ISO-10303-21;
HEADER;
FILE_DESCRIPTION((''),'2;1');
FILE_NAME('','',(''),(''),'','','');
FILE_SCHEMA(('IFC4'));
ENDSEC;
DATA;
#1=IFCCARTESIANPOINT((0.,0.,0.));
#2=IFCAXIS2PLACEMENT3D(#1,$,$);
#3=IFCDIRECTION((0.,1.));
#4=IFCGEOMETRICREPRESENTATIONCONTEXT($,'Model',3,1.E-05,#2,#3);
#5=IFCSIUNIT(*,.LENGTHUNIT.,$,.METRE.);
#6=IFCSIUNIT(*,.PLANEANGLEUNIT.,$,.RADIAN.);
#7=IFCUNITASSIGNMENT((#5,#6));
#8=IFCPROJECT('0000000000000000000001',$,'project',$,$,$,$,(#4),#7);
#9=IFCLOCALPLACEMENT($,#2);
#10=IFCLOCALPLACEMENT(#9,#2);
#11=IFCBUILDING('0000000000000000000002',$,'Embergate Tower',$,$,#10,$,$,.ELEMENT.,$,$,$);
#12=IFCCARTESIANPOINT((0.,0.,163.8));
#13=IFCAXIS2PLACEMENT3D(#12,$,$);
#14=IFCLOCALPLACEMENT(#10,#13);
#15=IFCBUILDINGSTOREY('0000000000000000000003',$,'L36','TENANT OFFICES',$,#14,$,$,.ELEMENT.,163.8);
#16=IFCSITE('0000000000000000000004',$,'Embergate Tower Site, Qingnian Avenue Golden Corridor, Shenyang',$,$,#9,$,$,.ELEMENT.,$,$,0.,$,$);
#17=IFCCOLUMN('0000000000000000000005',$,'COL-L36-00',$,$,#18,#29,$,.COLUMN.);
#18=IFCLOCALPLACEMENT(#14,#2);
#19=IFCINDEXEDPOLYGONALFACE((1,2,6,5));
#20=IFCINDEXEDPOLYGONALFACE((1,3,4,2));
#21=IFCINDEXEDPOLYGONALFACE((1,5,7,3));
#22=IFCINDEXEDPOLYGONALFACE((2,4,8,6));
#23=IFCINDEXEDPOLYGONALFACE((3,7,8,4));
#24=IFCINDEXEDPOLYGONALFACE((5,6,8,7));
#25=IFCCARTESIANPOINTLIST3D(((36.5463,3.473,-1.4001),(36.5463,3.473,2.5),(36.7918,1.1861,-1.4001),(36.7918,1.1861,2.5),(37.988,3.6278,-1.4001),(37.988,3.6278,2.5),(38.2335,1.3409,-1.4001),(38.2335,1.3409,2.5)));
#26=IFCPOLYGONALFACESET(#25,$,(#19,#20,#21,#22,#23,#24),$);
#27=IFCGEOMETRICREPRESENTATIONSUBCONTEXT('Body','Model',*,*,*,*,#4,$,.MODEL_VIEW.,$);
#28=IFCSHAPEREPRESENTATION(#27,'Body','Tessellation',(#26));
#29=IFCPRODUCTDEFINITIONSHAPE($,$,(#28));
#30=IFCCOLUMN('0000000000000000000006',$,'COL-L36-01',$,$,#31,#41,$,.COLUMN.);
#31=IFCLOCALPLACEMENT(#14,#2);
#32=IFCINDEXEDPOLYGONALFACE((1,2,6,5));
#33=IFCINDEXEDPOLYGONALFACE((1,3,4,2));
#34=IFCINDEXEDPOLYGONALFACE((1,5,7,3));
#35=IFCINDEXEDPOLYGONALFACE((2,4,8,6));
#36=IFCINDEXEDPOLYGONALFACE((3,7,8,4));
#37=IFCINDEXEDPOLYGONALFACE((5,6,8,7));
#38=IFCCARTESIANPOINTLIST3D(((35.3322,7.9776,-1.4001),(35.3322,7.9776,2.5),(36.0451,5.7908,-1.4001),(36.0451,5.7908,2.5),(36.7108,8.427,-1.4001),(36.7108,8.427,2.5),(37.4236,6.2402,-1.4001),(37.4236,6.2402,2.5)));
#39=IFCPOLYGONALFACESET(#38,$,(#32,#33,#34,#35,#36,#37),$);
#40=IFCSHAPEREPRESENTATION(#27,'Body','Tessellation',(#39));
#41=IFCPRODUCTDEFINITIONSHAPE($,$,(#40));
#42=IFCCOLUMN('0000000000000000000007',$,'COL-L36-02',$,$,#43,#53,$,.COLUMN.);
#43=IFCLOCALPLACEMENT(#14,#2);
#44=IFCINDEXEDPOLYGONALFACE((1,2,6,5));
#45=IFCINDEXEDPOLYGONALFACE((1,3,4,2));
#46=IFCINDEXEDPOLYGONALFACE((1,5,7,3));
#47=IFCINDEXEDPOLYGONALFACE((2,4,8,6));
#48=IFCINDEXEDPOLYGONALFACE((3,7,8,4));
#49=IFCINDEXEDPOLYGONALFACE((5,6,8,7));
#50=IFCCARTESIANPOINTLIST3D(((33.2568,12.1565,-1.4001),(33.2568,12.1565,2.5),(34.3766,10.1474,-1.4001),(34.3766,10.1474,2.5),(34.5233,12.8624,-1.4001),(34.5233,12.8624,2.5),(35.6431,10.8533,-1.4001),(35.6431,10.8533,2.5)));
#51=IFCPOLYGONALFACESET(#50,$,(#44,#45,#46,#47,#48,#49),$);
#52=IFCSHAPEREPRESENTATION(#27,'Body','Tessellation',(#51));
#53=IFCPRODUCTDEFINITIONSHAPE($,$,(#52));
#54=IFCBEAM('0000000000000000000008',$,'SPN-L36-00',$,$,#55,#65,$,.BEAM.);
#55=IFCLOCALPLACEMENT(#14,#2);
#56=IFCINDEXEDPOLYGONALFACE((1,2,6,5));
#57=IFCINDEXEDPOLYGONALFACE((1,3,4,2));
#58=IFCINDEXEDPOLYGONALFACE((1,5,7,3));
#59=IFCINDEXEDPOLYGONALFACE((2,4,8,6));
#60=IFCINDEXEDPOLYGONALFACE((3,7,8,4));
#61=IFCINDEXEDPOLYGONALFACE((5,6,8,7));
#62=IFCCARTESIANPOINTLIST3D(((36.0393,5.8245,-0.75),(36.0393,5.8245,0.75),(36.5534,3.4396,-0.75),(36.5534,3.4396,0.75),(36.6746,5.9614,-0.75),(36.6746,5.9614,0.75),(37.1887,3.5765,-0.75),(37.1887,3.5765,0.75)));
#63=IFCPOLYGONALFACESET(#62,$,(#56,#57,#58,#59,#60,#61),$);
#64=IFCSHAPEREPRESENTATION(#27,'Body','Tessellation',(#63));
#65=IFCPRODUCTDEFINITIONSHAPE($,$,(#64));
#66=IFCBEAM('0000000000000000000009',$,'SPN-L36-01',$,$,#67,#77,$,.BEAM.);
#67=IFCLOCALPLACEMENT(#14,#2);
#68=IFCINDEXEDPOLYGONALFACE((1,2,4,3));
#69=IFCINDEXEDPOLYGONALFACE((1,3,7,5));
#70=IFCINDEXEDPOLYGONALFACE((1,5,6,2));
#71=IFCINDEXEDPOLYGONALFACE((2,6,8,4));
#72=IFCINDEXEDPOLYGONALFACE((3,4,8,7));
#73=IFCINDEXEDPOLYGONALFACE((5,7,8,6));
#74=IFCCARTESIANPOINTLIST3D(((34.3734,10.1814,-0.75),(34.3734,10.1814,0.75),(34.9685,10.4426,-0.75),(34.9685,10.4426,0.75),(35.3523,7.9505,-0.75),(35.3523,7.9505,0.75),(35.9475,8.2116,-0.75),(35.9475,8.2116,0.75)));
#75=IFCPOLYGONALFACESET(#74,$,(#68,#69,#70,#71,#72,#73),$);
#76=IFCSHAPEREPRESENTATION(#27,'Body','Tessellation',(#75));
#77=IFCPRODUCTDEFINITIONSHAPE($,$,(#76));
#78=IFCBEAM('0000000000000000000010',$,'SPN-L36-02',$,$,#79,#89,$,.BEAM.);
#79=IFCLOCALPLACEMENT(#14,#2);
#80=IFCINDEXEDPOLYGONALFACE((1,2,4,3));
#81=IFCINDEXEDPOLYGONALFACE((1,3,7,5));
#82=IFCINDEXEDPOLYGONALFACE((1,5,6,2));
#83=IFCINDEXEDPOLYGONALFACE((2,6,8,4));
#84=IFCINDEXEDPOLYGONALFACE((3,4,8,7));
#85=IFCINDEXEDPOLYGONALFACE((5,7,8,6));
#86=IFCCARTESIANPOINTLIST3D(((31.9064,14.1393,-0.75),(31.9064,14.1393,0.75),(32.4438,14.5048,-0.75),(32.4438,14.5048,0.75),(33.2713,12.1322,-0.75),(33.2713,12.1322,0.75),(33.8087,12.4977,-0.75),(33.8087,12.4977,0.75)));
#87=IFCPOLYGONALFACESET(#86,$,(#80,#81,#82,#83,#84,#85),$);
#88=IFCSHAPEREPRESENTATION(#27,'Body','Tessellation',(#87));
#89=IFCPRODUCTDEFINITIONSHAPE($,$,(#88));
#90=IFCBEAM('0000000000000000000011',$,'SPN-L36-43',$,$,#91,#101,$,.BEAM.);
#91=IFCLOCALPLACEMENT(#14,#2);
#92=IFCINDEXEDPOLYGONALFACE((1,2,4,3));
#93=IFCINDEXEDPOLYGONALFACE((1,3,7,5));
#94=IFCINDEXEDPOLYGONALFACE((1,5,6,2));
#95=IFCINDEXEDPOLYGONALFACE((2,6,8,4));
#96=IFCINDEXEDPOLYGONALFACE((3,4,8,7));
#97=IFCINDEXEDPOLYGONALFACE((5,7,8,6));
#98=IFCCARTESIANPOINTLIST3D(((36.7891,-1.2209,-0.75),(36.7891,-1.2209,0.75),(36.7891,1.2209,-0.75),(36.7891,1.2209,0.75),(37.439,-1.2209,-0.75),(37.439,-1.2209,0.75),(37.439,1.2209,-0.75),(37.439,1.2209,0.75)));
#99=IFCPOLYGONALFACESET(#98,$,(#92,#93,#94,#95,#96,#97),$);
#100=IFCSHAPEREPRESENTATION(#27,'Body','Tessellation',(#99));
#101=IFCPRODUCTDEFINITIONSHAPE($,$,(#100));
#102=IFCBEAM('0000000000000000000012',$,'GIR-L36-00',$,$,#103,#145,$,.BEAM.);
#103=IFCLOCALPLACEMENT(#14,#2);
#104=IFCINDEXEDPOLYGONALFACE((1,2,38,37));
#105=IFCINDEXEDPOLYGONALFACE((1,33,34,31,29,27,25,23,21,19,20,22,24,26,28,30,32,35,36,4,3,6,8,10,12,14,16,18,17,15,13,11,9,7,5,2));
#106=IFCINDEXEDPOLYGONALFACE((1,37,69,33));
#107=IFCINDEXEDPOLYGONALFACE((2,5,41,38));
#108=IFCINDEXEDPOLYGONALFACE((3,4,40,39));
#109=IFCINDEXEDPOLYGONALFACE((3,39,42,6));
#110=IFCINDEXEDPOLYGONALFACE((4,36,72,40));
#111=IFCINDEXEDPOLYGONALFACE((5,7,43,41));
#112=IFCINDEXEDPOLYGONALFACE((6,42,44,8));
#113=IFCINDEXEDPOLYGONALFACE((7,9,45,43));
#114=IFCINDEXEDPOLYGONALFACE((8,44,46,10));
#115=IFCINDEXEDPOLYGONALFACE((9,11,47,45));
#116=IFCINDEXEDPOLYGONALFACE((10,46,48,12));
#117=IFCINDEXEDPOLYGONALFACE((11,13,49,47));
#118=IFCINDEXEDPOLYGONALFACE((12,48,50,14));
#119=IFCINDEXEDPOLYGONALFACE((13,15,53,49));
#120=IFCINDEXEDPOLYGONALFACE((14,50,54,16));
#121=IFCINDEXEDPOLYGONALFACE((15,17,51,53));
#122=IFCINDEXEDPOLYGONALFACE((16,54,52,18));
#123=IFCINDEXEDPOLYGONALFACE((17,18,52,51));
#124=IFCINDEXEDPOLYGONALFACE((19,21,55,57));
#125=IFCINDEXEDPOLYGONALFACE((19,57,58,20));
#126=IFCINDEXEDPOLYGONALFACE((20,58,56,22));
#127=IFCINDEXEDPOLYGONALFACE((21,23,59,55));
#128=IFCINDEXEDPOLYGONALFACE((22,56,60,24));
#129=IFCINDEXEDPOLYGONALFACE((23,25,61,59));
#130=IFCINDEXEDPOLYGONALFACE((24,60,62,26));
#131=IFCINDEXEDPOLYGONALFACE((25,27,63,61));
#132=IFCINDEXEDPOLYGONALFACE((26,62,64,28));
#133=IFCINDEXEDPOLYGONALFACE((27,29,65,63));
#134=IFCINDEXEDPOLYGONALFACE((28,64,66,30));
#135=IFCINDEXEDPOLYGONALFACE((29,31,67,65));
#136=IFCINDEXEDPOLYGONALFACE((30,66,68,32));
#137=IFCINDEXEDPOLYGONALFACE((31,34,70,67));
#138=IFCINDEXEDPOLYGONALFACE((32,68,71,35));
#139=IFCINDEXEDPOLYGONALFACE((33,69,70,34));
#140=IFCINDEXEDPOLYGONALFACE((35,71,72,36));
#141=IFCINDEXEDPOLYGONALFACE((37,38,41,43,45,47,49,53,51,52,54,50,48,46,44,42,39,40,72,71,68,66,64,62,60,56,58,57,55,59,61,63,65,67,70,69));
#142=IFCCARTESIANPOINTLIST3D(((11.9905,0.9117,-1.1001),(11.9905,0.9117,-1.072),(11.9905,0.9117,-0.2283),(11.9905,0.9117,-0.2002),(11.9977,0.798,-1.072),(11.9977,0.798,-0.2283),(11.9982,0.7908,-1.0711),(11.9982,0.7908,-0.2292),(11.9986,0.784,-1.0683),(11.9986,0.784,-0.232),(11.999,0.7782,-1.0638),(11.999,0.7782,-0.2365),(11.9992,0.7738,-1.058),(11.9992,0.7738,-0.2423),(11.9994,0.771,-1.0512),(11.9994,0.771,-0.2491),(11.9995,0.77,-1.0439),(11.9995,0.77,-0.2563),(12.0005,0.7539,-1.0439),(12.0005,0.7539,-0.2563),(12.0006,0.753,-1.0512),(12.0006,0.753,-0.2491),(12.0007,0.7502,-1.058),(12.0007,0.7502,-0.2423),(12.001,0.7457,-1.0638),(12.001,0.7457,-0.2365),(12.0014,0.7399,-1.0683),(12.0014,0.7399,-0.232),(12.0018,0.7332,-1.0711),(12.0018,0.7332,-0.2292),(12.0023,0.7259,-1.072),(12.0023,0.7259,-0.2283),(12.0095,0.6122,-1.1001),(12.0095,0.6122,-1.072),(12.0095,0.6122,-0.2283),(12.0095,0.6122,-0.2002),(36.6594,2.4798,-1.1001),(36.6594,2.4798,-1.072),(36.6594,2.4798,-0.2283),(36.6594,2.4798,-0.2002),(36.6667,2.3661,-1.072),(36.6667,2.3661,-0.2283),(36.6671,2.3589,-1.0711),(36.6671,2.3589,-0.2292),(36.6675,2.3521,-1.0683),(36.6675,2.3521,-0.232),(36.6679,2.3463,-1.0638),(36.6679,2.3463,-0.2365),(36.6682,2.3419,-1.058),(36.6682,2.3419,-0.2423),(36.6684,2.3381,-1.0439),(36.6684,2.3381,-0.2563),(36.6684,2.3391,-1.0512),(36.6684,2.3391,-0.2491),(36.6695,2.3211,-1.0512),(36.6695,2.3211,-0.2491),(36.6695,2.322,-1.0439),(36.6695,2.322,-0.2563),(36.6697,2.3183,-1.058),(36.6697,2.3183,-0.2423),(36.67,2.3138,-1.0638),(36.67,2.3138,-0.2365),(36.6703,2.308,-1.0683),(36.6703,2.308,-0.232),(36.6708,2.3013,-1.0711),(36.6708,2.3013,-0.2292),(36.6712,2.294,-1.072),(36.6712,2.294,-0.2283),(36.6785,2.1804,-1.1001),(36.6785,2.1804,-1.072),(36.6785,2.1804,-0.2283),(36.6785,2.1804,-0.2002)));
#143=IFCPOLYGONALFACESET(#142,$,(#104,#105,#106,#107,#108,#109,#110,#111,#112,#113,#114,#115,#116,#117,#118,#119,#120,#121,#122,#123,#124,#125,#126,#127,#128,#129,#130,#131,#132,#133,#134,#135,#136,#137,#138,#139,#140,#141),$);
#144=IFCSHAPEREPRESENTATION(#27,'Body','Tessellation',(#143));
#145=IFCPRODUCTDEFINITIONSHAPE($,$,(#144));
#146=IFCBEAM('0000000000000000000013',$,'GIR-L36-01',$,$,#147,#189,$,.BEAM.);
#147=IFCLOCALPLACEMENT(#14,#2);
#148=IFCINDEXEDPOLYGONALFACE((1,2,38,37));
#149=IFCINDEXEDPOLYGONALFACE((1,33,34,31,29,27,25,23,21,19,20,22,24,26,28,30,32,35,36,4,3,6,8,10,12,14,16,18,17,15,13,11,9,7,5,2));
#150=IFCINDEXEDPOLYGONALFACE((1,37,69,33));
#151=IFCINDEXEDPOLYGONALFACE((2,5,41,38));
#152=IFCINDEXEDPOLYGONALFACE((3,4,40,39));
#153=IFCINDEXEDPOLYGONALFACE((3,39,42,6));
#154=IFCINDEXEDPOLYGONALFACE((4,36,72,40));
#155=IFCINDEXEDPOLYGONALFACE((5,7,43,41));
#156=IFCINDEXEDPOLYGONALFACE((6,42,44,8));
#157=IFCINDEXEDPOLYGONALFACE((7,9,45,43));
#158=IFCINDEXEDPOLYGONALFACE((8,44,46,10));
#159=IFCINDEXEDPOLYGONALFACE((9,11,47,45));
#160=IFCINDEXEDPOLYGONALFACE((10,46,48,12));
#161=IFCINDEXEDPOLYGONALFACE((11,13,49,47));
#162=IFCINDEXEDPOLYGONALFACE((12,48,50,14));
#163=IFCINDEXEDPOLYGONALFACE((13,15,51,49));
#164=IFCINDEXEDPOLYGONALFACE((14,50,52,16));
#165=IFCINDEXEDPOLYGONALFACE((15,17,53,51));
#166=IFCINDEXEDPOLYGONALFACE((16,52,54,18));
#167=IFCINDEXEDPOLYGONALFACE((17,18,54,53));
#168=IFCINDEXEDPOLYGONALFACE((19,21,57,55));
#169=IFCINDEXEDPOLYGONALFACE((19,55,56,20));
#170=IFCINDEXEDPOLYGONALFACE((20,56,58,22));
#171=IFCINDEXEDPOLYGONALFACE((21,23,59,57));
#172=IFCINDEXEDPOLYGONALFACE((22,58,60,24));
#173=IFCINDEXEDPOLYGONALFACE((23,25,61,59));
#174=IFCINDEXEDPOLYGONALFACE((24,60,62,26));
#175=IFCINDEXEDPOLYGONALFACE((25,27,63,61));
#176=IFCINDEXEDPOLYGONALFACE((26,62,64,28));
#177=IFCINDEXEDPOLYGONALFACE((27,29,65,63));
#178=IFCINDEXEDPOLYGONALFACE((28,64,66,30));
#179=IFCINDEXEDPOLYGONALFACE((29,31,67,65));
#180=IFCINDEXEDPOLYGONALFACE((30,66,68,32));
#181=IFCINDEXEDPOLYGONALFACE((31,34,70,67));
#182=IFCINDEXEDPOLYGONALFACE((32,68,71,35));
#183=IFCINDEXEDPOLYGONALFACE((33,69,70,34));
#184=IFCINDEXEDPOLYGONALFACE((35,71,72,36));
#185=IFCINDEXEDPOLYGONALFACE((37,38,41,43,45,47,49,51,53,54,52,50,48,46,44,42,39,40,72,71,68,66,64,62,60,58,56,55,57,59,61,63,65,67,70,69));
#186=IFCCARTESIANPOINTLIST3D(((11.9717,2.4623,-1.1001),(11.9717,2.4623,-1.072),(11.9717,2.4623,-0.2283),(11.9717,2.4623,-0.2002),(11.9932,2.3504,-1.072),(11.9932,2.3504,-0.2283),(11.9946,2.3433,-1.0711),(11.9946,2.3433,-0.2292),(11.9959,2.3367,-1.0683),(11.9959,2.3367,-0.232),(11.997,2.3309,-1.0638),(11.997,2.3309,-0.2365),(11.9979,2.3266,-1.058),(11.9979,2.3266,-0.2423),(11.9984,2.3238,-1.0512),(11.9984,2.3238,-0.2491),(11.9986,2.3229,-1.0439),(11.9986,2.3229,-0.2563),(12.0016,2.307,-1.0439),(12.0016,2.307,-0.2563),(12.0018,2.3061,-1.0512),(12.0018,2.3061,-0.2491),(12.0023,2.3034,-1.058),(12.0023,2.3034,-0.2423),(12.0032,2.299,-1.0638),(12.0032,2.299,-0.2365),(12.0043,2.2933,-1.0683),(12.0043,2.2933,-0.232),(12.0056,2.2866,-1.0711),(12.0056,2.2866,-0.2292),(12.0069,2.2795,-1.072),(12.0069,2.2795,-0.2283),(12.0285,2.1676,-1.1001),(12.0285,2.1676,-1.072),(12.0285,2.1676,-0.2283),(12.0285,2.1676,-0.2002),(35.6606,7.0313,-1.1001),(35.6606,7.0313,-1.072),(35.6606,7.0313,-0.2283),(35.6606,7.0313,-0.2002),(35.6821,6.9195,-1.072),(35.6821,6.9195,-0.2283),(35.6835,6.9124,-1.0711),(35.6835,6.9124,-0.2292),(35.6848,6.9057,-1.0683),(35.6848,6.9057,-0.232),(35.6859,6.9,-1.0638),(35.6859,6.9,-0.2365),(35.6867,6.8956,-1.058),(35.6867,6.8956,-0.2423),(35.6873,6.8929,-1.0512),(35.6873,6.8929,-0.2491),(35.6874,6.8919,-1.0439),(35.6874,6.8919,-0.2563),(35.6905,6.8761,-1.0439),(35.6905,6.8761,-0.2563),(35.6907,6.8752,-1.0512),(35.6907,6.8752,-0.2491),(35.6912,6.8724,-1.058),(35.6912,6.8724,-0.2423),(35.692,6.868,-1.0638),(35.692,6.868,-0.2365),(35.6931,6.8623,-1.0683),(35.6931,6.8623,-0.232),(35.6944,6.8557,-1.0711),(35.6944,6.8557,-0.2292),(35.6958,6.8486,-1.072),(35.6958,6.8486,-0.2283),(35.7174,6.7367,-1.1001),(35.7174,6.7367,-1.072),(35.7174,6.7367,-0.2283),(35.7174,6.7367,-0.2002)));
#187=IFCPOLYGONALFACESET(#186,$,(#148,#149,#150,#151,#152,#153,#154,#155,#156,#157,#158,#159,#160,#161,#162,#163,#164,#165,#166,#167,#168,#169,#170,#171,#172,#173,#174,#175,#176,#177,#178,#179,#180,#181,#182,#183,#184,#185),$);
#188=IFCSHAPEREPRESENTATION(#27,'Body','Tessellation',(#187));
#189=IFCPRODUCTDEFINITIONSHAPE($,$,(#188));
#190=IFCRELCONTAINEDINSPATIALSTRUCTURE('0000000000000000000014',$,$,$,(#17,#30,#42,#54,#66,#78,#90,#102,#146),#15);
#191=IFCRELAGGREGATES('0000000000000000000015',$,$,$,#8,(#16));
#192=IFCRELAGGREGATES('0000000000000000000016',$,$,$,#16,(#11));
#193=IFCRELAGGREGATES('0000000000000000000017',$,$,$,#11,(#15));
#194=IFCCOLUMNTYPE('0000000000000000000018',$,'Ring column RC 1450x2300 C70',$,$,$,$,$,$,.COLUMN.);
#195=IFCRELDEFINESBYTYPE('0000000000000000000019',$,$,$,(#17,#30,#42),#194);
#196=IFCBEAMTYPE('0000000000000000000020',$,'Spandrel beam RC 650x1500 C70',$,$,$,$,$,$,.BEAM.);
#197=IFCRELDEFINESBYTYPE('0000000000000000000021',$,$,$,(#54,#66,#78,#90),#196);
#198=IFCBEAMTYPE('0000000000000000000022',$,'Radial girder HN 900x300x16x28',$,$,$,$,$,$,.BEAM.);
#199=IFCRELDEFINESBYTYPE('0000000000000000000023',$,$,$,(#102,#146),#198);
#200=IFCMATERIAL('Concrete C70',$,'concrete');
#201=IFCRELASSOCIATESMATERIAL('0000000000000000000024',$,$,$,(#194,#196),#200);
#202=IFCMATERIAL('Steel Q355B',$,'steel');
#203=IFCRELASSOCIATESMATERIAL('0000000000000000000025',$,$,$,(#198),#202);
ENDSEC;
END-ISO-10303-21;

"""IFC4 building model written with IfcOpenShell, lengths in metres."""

from ifc_helpers import new_model, si_unit, direction, frame, origin, origin_2d, place, context, subcontext, project, spatial, rectangle, i_section, extrude, source, transform, mapped, material, material_profile, profile_set, type_object, element, save


model = new_model("IFC4")

# Units and contexts
model_context = context("Model", 3, precision=1e-05, world=origin(), true_north=direction((0.0, 1.0)))
body_context = subcontext(model_context, "Body", "Model", "MODEL_VIEW")
ifc_project = project(units=[si_unit("LENGTHUNIT", "METRE"), si_unit("PLANEANGLEUNIT", "RADIAN")], contexts=[model_context])

# Site, building, storey
site_placement = place(None, origin())
site = spatial("IfcSite", under=ifc_project, at=site_placement, Name="Embergate Tower Site, Qingnian Avenue Golden Corridor, Shenyang", CompositionType="ELEMENT", RefElevation=0.0)
building_placement = place(site_placement, origin())
building = spatial("IfcBuilding", under=site, at=building_placement, Name="Embergate Tower", CompositionType="ELEMENT")
storey_placement = place(building_placement, frame((0.0, 0.0, 163.8)))
storey = spatial("IfcBuildingStorey", under=building, at=storey_placement, Name="L36", Description="TENANT OFFICES", CompositionType="ELEMENT", Elevation=163.8)

# Columns
ifc_material_1 = material(Name="Concrete C70", Category="concrete")
ifc_material_profile_1 = material_profile(ifc_material_1, rectangle(XDim=1.45, YDim=2.3, at=origin_2d()), Name="RC 1450x2300")
ifc_profile_set_1 = profile_set([ifc_material_profile_1], Name="Concrete C70")
column_type = type_object("IfcColumnType", Name="Ring column RC 1450x2300 C70", PredefinedType="COLUMN", material=ifc_profile_set_1)
shared_shape_1 = source(origin(), body_context, "Body", "SweptSolid", [
    extrude(rectangle(XDim=1.45, YDim=2.3, at=origin_2d()), origin(), (0.0, 0.0, 1.0), 3.9001),
])
for number, where, z_axis, x_axis, name in (
    (1, (37.3899, 2.407, -1.4001), (0.0, 0.0, 1.0), (0.994286, 0.10675, 0.0), "COL-L36-00"),
    (2, (36.3779, 7.1089, -1.4001), (0.0, 0.0, 1.0), (0.950754, 0.309946, 0.0), "COL-L36-01"),
    (3, (34.45, 11.5049, -1.4001), (0.0, 0.0, 1.0), (0.873492, 0.486839, 0.0), "COL-L36-02"),
):
    element("IfcColumn", number, at=place(storey_placement, frame(where, z_axis=z_axis, x_axis=x_axis)), inside=storey, type_object=column_type, Name=name, PredefinedType="COLUMN", context=body_context, shape_type="MappedRepresentation", body=[
        mapped(shared_shape_1, transform((0.0, 0.0, 0.0))),
    ])

# Beams
ifc_material_profile_2 = material_profile(ifc_material_1, rectangle(XDim=0.6499, YDim=1.5, at=origin_2d()), Name="RC 650x1500")
ifc_profile_set_2 = profile_set([ifc_material_profile_2], Name="Concrete C70")
beam_type_1 = type_object("IfcBeamType", Name="Spandrel beam RC 650x1500 C70", PredefinedType="BEAM", material=ifc_profile_set_2)
shared_shape_2 = source(origin(), body_context, "Body", "SweptSolid", [
    extrude(rectangle(XDim=0.6499, YDim=1.5, at=origin_2d()), origin(), (0.0, 0.0, 1.0), 2.4397),
])
beam_1_placement = place(storey_placement, frame((36.8711, 3.5081, 0.0), z_axis=(-0.210739, 0.977542, 0.0), x_axis=(-0.977542, -0.210739, 0.0)))
element("IfcBeam", 4, at=beam_1_placement, inside=storey, type_object=beam_type_1, Name="SPN-L36-00", PredefinedType="BEAM", context=body_context, shape_type="MappedRepresentation", body=[
    mapped(shared_shape_2, transform((0.0, 0.0, 0.0))),
])
shared_shape_3 = source(origin(), body_context, "Body", "SweptSolid", [
    extrude(rectangle(XDim=0.6499, YDim=1.5, at=origin_2d()), origin(), (0.0, 0.0, 1.0), 2.4363),
])
beam_2_placement = place(storey_placement, frame((35.6499, 8.0811, 0.0), z_axis=(-0.401838, 0.915711, 0.0), x_axis=(-0.915711, -0.401838, 0.0)))
element("IfcBeam", 5, at=beam_2_placement, inside=storey, type_object=beam_type_1, Name="SPN-L36-01", PredefinedType="BEAM", context=body_context, shape_type="MappedRepresentation", body=[
    mapped(shared_shape_3, transform((0.0, 0.0, 0.0))),
])
shared_shape_4 = source(origin(), body_context, "Body", "SweptSolid", [
    extrude(rectangle(XDim=0.6499, YDim=1.5, at=origin_2d()), origin(), (0.0, 0.0, 1.0), 2.4272),
])
beam_3_placement = place(storey_placement, frame((33.54, 12.3149, 0.0), z_axis=(-0.56236, 0.826893, 0.0), x_axis=(-0.826893, -0.56236, 0.0)))
element("IfcBeam", 6, at=beam_3_placement, inside=storey, type_object=beam_type_1, Name="SPN-L36-02", PredefinedType="BEAM", context=body_context, shape_type="MappedRepresentation", body=[
    mapped(shared_shape_4, transform((0.0, 0.0, 0.0))),
])
shared_shape_5 = source(origin(), body_context, "Body", "SweptSolid", [
    extrude(rectangle(XDim=0.6499, YDim=1.5, at=origin_2d()), origin(), (0.0, 0.0, 1.0), 2.4419),
])
beam_4_placement = place(storey_placement, frame((37.114, -1.2209, 0.0), z_axis=(0.0, 1.0, 0.0), x_axis=(-1.0, 0.0, 0.0)))
element("IfcBeam", 7, at=beam_4_placement, inside=storey, type_object=beam_type_1, Name="SPN-L36-43", PredefinedType="BEAM", context=body_context, shape_type="MappedRepresentation", body=[
    mapped(shared_shape_5, transform((0.0, 0.0, 0.0))),
])
ifc_material_2 = material(Name="Steel Q355B", Category="steel")
ifc_material_profile_3 = material_profile(ifc_material_2, i_section(OverallWidth=0.3, OverallDepth=0.8999, WebThickness=0.0161, FlangeThickness=0.0281, FilletRadius=0.0281, at=origin_2d()), Name="HN 900x300x16x28")
ifc_profile_set_3 = profile_set([ifc_material_profile_3], Name="Steel Q355 grade B")
beam_type_2 = type_object("IfcBeamType", Name="Radial girder HN 900x300x16x28", PredefinedType="BEAM", material=ifc_profile_set_3)
shared_shape_6 = source(origin(), body_context, "Body", "SweptSolid", [
    extrude(i_section(OverallWidth=0.3, OverallDepth=0.8999, WebThickness=0.0161, FlangeThickness=0.0281, FilletRadius=0.0281, at=origin_2d()), origin(), (0.0, 0.0, 1.0), 24.7188),
])
beam_5_placement = place(storey_placement, frame((36.6689, 2.3301, -0.6501), z_axis=(-0.997986, -0.063438, 0.0), x_axis=(0.063438, -0.997986, 0.0)))
element("IfcBeam", 8, at=beam_5_placement, inside=storey, type_object=beam_type_2, Name="GIR-L36-00", PredefinedType="BEAM", context=body_context, shape_type="MappedRepresentation", body=[
    mapped(shared_shape_6, transform((0.0, 0.0, 0.0))),
])
shared_shape_7 = source(origin(), body_context, "Body", "SweptSolid", [
    extrude(i_section(OverallWidth=0.3, OverallDepth=0.8999, WebThickness=0.0161, FlangeThickness=0.0281, FilletRadius=0.0281, at=origin_2d()), origin(), (0.0, 0.0, 1.0), 24.1255),
])
beam_6_placement = place(storey_placement, frame((35.689, 6.884, -0.6501), z_axis=(-0.981902, -0.189388, 0.0), x_axis=(0.189388, -0.981902, 0.0)))
element("IfcBeam", 9, at=beam_6_placement, inside=storey, type_object=beam_type_2, Name="GIR-L36-01", PredefinedType="BEAM", context=body_context, shape_type="MappedRepresentation", body=[
    mapped(shared_shape_7, transform((0.0, 0.0, 0.0))),
])

save(model, "model.ifc")
